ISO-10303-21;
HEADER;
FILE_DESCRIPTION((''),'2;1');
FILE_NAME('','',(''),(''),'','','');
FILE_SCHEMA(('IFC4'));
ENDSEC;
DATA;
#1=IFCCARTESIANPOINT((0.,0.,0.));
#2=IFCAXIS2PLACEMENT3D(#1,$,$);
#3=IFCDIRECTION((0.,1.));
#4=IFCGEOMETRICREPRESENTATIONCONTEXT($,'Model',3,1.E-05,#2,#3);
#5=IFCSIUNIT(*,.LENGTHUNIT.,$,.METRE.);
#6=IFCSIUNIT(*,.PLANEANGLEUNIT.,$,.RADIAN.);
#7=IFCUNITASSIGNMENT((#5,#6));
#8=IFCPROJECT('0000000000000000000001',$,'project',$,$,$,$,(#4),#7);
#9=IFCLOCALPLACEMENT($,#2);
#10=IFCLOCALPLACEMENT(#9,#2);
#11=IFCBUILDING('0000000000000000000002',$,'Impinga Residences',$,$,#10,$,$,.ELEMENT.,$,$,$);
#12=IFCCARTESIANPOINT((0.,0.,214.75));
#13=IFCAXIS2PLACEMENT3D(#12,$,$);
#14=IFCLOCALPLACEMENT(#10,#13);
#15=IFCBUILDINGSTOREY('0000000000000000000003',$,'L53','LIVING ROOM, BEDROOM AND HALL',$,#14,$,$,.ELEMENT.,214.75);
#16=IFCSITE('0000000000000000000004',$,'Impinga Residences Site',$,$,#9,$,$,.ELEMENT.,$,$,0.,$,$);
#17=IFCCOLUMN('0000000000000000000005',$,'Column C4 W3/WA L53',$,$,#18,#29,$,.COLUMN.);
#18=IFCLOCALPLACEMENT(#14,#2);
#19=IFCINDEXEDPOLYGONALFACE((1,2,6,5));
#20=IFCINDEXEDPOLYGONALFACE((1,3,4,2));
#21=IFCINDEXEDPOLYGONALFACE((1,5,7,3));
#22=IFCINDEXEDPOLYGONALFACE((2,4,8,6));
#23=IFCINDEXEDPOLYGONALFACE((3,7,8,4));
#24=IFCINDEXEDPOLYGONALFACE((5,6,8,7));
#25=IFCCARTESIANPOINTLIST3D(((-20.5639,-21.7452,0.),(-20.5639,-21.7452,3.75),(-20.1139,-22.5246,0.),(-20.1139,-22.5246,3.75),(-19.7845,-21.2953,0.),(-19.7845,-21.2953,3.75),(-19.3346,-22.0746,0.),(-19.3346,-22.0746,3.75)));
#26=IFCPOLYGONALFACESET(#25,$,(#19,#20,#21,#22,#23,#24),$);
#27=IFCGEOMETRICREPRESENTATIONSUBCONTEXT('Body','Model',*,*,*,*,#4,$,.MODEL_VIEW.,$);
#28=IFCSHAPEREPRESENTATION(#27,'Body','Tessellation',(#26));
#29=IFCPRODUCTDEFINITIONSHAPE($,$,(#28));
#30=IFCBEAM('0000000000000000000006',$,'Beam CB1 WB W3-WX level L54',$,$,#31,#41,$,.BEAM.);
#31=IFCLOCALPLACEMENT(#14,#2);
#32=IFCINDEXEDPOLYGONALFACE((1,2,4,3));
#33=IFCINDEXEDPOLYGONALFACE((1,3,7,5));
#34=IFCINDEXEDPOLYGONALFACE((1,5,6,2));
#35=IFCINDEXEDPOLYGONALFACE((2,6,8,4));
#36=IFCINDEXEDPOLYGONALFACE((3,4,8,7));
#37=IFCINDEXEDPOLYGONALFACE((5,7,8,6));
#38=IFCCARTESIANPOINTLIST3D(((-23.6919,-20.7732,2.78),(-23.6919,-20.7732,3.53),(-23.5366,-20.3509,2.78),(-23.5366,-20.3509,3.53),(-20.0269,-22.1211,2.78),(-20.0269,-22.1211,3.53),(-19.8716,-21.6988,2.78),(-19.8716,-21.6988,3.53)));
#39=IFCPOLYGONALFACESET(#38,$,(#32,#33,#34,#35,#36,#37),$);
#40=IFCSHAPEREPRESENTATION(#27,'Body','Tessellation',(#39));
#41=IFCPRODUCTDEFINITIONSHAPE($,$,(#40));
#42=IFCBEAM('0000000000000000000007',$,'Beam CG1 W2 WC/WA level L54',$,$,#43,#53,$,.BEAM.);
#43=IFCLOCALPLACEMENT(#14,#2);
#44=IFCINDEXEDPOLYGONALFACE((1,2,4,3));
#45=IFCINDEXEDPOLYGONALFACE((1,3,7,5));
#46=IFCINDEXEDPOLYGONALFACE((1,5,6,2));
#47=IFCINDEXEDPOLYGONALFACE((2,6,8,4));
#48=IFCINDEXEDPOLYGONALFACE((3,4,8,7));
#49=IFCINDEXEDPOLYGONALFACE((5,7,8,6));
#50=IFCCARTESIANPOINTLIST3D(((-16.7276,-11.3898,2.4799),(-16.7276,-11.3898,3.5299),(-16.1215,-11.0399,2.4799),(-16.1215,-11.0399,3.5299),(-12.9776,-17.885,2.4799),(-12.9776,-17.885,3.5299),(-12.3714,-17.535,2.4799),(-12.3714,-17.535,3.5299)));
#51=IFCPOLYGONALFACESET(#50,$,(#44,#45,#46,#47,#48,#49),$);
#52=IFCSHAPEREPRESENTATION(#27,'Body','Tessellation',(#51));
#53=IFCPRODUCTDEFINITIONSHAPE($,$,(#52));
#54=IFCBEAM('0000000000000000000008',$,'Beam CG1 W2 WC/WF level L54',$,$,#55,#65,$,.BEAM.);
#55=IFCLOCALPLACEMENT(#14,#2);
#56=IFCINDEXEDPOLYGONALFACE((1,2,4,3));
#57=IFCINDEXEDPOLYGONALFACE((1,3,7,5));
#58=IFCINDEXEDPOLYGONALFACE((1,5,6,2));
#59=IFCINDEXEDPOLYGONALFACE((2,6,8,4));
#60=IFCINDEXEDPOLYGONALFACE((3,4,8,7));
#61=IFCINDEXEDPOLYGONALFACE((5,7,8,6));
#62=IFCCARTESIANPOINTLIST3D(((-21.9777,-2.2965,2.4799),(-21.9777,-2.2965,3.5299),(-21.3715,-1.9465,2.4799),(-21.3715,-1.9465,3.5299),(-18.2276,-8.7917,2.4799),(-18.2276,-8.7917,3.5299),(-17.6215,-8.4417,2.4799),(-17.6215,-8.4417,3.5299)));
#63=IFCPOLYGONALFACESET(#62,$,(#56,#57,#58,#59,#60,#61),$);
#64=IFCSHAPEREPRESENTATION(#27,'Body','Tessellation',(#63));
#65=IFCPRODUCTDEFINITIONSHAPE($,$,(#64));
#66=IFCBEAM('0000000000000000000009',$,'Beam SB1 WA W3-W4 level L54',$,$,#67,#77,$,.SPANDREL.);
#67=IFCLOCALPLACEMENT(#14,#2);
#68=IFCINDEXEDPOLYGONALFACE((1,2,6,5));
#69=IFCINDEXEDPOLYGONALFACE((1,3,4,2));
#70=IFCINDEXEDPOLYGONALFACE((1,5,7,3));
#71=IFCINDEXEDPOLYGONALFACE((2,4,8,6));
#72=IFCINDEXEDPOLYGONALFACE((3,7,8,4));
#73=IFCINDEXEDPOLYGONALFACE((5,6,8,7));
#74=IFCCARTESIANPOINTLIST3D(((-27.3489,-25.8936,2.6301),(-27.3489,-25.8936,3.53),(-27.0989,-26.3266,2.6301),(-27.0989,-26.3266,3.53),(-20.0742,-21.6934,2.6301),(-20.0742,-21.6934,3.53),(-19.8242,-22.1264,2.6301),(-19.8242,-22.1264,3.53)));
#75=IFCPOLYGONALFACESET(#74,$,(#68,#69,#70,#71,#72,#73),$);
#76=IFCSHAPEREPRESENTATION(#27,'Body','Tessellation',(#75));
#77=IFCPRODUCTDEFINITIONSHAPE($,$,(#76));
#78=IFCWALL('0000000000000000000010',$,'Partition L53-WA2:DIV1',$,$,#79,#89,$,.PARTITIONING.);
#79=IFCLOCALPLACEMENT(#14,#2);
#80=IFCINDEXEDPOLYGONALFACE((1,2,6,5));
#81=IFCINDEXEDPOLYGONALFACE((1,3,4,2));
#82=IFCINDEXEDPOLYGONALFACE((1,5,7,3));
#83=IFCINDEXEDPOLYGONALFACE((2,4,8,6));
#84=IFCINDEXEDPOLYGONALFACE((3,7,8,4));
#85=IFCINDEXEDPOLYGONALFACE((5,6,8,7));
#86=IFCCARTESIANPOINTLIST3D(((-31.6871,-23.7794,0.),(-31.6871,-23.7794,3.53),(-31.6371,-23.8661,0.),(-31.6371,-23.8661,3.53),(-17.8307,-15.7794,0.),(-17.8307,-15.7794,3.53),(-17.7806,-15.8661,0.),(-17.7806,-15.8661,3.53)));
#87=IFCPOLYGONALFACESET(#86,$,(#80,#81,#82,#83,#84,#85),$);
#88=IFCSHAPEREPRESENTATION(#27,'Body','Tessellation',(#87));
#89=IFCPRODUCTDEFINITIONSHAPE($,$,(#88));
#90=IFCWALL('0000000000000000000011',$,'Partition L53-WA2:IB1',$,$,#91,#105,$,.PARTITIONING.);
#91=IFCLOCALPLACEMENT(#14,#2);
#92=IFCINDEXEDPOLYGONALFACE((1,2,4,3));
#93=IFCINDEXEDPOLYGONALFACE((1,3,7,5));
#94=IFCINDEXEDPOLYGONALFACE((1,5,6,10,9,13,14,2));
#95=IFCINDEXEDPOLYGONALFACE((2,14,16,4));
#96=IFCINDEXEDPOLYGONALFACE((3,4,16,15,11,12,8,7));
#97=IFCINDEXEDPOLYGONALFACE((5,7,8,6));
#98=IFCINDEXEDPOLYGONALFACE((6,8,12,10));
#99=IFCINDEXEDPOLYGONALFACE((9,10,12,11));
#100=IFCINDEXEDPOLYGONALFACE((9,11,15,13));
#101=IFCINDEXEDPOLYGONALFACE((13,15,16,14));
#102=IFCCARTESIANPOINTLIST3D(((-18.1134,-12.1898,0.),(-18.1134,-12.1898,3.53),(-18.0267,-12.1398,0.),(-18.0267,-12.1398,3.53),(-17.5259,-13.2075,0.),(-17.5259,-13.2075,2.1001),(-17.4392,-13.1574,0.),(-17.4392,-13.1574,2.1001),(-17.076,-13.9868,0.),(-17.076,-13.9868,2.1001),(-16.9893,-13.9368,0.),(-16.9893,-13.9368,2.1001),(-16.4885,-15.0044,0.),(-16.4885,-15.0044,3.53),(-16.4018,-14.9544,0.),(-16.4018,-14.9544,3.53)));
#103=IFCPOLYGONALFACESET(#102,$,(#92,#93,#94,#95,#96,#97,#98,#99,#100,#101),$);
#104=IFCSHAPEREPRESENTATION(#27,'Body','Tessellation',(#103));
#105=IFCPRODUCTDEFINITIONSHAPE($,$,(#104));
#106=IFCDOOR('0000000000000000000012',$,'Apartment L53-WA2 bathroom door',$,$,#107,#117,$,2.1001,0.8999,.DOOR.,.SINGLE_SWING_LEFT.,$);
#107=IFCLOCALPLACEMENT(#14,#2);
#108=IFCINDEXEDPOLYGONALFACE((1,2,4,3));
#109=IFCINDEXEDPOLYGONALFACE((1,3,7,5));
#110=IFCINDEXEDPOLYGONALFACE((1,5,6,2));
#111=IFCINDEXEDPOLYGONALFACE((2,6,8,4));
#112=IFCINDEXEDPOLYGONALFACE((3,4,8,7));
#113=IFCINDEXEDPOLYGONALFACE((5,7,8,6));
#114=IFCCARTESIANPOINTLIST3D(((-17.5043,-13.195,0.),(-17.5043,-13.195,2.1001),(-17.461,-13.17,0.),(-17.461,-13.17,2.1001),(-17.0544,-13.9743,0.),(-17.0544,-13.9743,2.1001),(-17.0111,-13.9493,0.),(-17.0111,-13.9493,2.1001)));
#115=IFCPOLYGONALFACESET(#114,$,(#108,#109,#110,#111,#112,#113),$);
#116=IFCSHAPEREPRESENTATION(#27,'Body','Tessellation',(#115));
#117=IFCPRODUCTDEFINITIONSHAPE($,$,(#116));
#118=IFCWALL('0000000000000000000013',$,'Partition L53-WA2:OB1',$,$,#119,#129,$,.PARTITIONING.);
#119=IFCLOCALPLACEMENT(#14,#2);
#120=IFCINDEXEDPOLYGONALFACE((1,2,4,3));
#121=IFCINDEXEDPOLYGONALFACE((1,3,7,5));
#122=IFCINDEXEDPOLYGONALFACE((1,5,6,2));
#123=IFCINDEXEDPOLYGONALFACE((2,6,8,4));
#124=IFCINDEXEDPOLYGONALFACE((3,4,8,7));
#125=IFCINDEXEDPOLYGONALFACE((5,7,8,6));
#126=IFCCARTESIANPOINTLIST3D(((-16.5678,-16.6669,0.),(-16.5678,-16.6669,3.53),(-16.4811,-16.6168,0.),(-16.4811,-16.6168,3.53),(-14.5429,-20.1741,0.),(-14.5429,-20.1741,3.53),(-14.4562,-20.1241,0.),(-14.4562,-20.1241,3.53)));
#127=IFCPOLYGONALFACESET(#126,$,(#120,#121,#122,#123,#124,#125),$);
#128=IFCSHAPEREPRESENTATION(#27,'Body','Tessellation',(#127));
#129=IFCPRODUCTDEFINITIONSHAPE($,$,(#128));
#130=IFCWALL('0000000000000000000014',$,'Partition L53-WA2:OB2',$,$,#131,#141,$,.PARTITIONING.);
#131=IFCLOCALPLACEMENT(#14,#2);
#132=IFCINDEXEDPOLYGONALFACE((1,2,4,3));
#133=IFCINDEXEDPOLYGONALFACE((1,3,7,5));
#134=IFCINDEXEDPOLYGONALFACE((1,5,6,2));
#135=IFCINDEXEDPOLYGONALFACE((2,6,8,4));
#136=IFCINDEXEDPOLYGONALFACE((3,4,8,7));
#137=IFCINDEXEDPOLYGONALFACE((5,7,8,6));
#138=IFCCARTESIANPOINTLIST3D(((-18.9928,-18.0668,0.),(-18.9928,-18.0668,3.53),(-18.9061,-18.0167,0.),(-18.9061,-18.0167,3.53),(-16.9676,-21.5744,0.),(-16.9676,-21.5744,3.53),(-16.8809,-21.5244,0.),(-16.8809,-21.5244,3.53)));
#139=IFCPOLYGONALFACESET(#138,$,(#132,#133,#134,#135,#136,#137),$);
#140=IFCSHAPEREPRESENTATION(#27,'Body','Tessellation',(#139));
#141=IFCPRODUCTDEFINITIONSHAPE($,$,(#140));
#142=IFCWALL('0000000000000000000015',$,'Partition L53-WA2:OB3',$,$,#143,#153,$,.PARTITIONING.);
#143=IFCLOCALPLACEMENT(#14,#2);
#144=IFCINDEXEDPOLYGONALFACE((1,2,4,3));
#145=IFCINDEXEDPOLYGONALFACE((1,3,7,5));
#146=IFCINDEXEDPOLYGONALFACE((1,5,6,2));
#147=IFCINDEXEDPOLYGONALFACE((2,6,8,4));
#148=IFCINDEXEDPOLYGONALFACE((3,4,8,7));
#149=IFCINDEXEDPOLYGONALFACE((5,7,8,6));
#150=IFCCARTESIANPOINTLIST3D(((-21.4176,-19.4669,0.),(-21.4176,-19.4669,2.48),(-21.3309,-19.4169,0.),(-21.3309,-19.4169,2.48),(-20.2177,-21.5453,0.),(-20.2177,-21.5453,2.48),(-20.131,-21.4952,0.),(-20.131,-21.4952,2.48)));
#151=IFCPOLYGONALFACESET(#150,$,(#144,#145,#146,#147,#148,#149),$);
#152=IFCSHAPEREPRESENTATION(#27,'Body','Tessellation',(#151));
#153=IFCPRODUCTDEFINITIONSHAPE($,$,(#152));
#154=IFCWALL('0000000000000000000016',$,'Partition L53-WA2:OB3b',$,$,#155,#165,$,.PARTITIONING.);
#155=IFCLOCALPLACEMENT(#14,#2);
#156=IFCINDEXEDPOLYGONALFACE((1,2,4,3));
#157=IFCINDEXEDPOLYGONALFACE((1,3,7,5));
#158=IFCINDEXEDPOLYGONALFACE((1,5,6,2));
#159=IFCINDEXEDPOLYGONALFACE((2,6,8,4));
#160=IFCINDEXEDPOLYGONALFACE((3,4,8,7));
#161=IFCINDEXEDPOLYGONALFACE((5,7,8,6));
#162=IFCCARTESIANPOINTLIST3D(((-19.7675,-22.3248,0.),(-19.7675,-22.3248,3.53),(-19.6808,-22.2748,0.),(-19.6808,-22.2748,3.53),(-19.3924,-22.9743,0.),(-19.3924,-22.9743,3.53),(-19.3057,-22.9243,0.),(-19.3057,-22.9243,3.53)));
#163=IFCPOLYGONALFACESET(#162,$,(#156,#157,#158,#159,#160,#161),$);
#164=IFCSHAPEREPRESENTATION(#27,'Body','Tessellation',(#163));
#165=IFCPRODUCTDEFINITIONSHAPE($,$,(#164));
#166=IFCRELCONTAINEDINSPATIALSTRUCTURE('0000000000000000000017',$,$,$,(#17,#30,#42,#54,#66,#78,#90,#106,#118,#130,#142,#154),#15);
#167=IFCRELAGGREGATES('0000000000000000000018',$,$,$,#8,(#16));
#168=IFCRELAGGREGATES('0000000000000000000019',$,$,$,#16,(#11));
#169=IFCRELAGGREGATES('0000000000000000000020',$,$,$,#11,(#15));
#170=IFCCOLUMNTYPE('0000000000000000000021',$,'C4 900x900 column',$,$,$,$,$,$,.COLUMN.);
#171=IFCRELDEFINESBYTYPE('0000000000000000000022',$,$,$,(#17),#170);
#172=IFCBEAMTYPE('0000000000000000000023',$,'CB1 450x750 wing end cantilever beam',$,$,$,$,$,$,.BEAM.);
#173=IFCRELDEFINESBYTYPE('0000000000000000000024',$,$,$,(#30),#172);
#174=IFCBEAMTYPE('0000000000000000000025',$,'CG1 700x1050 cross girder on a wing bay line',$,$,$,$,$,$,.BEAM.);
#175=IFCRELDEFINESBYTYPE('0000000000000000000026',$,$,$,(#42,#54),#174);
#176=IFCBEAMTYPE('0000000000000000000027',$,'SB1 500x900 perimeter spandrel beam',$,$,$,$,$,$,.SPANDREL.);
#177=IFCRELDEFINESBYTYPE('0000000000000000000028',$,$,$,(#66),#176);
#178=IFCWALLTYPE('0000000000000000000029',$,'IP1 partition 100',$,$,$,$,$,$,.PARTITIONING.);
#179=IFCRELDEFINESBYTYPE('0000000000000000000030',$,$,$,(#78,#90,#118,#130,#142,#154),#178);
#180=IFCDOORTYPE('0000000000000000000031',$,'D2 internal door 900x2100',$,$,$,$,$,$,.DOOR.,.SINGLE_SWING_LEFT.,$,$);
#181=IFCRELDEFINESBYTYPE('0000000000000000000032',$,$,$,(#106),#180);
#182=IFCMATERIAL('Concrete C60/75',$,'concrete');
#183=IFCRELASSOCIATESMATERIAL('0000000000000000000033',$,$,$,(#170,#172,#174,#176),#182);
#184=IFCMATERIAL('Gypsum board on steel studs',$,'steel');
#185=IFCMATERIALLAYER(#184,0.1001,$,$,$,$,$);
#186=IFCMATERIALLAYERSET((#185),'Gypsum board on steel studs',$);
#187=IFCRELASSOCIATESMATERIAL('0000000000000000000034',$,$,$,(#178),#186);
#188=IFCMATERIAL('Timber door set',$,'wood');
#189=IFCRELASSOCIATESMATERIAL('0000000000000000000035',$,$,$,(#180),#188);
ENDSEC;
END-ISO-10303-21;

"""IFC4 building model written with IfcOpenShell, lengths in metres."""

from ifc_helpers import new_model, si_unit, direction, frame, frame_2d, origin, origin_2d, place, context, subcontext, project, spatial, rectangle, extrude, material, layer, layer_set, material_profile, profile_set, type_object, element, fill, save


model = new_model("IFC4")

# Units and contexts
model_context = context("Model", 3, precision=1e-05, world=origin(), true_north=direction((0.0, 1.0)))
body_context = subcontext(model_context, "Body", "Model", "MODEL_VIEW")
ifc_project = project(units=[si_unit("LENGTHUNIT", "METRE"), si_unit("PLANEANGLEUNIT", "RADIAN")], contexts=[model_context])

# Site, building, storey
site_placement = place(None, origin())
site = spatial("IfcSite", under=ifc_project, at=site_placement, Name="Impinga Residences Site", CompositionType="ELEMENT", RefElevation=0.0)
building_placement = place(site_placement, origin())
building = spatial("IfcBuilding", under=site, at=building_placement, Name="Impinga Residences", CompositionType="ELEMENT")
storey_placement = place(building_placement, frame((0.0, 0.0, 214.75)))
storey = spatial("IfcBuildingStorey", under=building, at=storey_placement, Name="L53", Description="LIVING ROOM, BEDROOM AND HALL", CompositionType="ELEMENT", Elevation=214.75)

# Column
ifc_material_1 = material(Name="Concrete C60/75", Category="concrete")
ifc_material_profile_1 = material_profile(ifc_material_1, rectangle(XDim=0.8999, YDim=0.8999, at=origin_2d()), Name="RC 900x900")
ifc_profile_set_1 = profile_set([ifc_material_profile_1], Name="Concrete C60/75")
column_type = type_object("IfcColumnType", Name="C4 900x900 column", PredefinedType="COLUMN", material=ifc_profile_set_1)
column_placement = place(storey_placement, frame((-19.9492, -21.9099, 0.0), z_axis=(0.0, 0.0, 1.0), x_axis=(-0.5, 0.866025, 0.0)))
element("IfcColumn", 1, at=column_placement, inside=storey, type_object=column_type, Name="Column C4 W3/WA L53", PredefinedType="COLUMN", context=body_context, shape_type="SweptSolid", body=[
    extrude(rectangle(XDim=0.8999, YDim=0.8999, at=origin_2d()), origin(), (0.0, 0.0, 1.0), 3.75),
])

# Beams
ifc_material_profile_2 = material_profile(ifc_material_1, rectangle(XDim=0.45, YDim=0.75, at=origin_2d()), Name="RC 450x750")
ifc_profile_set_2 = profile_set([ifc_material_profile_2], Name="Concrete C60/75")
beam_type_1 = type_object("IfcBeamType", Name="CB1 450x750 wing end cantilever beam", PredefinedType="BEAM", material=ifc_profile_set_2)
beam_1_placement = place(storey_placement, frame((-19.9492, -21.9099, 3.155), z_axis=(-0.93854, 0.345169, 0.0), x_axis=(-0.345169, -0.93854, 0.0)))
element("IfcBeam", 2, at=beam_1_placement, inside=storey, type_object=beam_type_1, Name="Beam CB1 WB W3-WX level L54", PredefinedType="BEAM", context=body_context, shape_type="SweptSolid", body=[
    extrude(rectangle(XDim=0.45, YDim=0.75, at=origin_2d()), origin(), (0.0, 0.0, 1.0), 3.905),
])
ifc_material_profile_3 = material_profile(ifc_material_1, rectangle(XDim=0.7, YDim=1.05, at=origin_2d()), Name="RC 700x1050")
ifc_profile_set_3 = profile_set([ifc_material_profile_3], Name="Concrete C60/75")
beam_type_2 = type_object("IfcBeamType", Name="CG1 700x1050 cross girder on a wing bay line", PredefinedType="BEAM", material=ifc_profile_set_3)
for number, where, z_axis, x_axis, name in (
    (3, (-16.4246, -11.2148, 3.0049), (0.500004, -0.866023, 0.0), (0.866023, 0.500004, 0.0), "Beam CG1 W2 WC/WA level L54"),
    (4, (-17.9246, -8.6167, 3.0049), (-0.500004, 0.866023, 0.0), (-0.866023, -0.500004, 0.0), "Beam CG1 W2 WC/WF level L54"),
):
    element("IfcBeam", number, at=place(storey_placement, frame(where, z_axis=z_axis, x_axis=x_axis)), inside=storey, type_object=beam_type_2, Name=name, PredefinedType="BEAM", context=body_context, shape_type="SweptSolid", body=[
        extrude(rectangle(XDim=0.7, YDim=1.05, at=origin_2d()), origin(), (0.0, 0.0, 1.0), 7.5),
    ])
ifc_material_profile_4 = material_profile(ifc_material_1, rectangle(XDim=0.5, YDim=0.8999, at=origin_2d()), Name="RC 500x900")
ifc_profile_set_4 = profile_set([ifc_material_profile_4], Name="Concrete C60/75")
beam_type_3 = type_object("IfcBeamType", Name="SB1 500x900 perimeter spandrel beam", PredefinedType="SPANDREL", material=ifc_profile_set_4)
beam_2_placement = place(storey_placement, frame((-19.9492, -21.9099, 3.0801), z_axis=(-0.866017, -0.500015, 0.0), x_axis=(0.500015, -0.866017, 0.0)))
element("IfcBeam", 5, at=beam_2_placement, inside=storey, type_object=beam_type_3, Name="Beam SB1 WA W3-W4 level L54", PredefinedType="SPANDREL", context=body_context, shape_type="SweptSolid", body=[
    extrude(rectangle(XDim=0.5, YDim=0.8999, at=origin_2d()), origin(), (0.0, 0.0, 1.0), 8.4001),
])

# Wall
ifc_material_2 = material(Name="Gypsum board on steel studs", Category="steel")
ifc_layer_1 = layer(ifc_material_2, 0.1001)
ifc_layer_set_1 = layer_set([ifc_layer_1], Name="Gypsum board on steel studs")
wall_type_1 = type_object("IfcWallType", Name="IP1 partition 100", PredefinedType="PARTITIONING", material=ifc_layer_set_1)
wall_1_placement = place(storey_placement, frame((-17.8057, -15.8228, 0.0), z_axis=(0.0, 0.0, 1.0), x_axis=(-0.866026, -0.499999, 0.0)))
element("IfcWall", 6, at=wall_1_placement, inside=storey, type_object=wall_type_1, Name="Partition L53-WA2:DIV1", PredefinedType="PARTITIONING", context=body_context, shape_type="SweptSolid", body=[
    extrude(rectangle(XDim=16.0, YDim=0.1001, at=frame_2d((8.0, 0.0))), origin(), (0.0, 0.0, 1.0), 3.53),
])

# Wall, opening, door
wall_2_placement = place(storey_placement, frame((-18.0701, -12.1648, 0.0), z_axis=(0.0, 0.0, 1.0), x_axis=(0.499985, -0.866034, 0.0)))
wall_2 = element("IfcWall", 7, at=wall_2_placement, inside=storey, type_object=wall_type_1, Name="Partition L53-WA2:IB1", PredefinedType="PARTITIONING", context=body_context, shape_type="SweptSolid", body=[
    extrude(rectangle(XDim=3.25, YDim=0.1001, at=frame_2d((1.625, 0.0))), origin(), (0.0, 0.0, 1.0), 3.53),
])
opening_1_placement = place(wall_2_placement, frame((1.175, 0.0, 0.0)))
opening_1 = element("IfcOpeningElement", 8, at=opening_1_placement, cuts=wall_2, PredefinedType="OPENING", context=body_context, shape_type="SweptSolid", body=[
    extrude(rectangle(XDim=0.8999, YDim=2.1001, at=frame_2d((0.45, 1.05))), frame((0.0, 0.0601, 0.0), z_axis=(0.0, -1.0, 0.0), x_axis=(1.0, 0.0, 0.0)), (0.0, 0.0, 1.0), 0.1201),
])
ifc_material_3 = material(Name="Timber door set", Category="wood")
door_type = type_object("IfcDoorType", Name="D2 internal door 900x2100", OperationType="SINGLE_SWING_LEFT", PredefinedType="DOOR", material=ifc_material_3)
door_1_placement = place(opening_1_placement, origin())
door_1 = element("IfcDoor", 9, at=door_1_placement, inside=storey, type_object=door_type, Name="Apartment L53-WA2 bathroom door", OperationType="SINGLE_SWING_LEFT", OverallHeight=2.1001, OverallWidth=0.8999, PredefinedType="DOOR", context=body_context, shape_type="SweptSolid", body=[
    extrude(rectangle(XDim=0.8999, YDim=2.1001, at=frame_2d((0.45, 1.05))), frame((0.0, 0.0249, 0.0), z_axis=(0.0, -1.0, 0.0), x_axis=(1.0, 0.0, 0.0)), (0.0, 0.0, 1.0), 0.05),
])
fill(opening_1, door_1)

# Walls
wall_3_placement = place(storey_placement, frame((-16.5244, -16.6418, 0.0), z_axis=(0.0, 0.0, 1.0), x_axis=(0.49999, -0.866031, 0.0)))
element("IfcWall", 10, at=wall_3_placement, inside=storey, type_object=wall_type_1, Name="Partition L53-WA2:OB1", PredefinedType="PARTITIONING", context=body_context, shape_type="SweptSolid", body=[
    extrude(rectangle(XDim=4.0498, YDim=0.1001, at=frame_2d((2.0249, 0.0))), origin(), (0.0, 0.0, 1.0), 3.53),
])
wall_4_placement = place(storey_placement, frame((-18.9495, -18.0417, 0.0), z_axis=(0.0, 0.0, 1.0), x_axis=(0.500009, -0.86602, 0.0)))
element("IfcWall", 11, at=wall_4_placement, inside=storey, type_object=wall_type_1, Name="Partition L53-WA2:OB2", PredefinedType="PARTITIONING", context=body_context, shape_type="SweptSolid", body=[
    extrude(rectangle(XDim=4.0503, YDim=0.1001, at=frame_2d((2.0251, 0.0))), origin(), (0.0, 0.0, 1.0), 3.53),
])
wall_5_placement = place(storey_placement, frame((-21.3743, -19.4419, 0.0), z_axis=(0.0, 0.0, 1.0), x_axis=(0.500001, -0.866025, 0.0)))
element("IfcWall", 12, at=wall_5_placement, inside=storey, type_object=wall_type_1, Name="Partition L53-WA2:OB3", PredefinedType="PARTITIONING", context=body_context, shape_type="SweptSolid", body=[
    extrude(rectangle(XDim=2.3999, YDim=0.1001, at=frame_2d((1.2, 0.0))), origin(), (0.0, 0.0, 1.0), 2.48),
])
wall_6_placement = place(storey_placement, frame((-19.7241, -22.2998, 0.0), z_axis=(0.0, 0.0, 1.0), x_axis=(0.500061, -0.86599, 0.0)))
element("IfcWall", 13, at=wall_6_placement, inside=storey, type_object=wall_type_1, Name="Partition L53-WA2:OB3b", PredefinedType="PARTITIONING", context=body_context, shape_type="SweptSolid", body=[
    extrude(rectangle(XDim=0.75, YDim=0.1001, at=frame_2d((0.375, 0.0))), origin(), (0.0, 0.0, 1.0), 3.53),
])

save(model, "model.ifc")
